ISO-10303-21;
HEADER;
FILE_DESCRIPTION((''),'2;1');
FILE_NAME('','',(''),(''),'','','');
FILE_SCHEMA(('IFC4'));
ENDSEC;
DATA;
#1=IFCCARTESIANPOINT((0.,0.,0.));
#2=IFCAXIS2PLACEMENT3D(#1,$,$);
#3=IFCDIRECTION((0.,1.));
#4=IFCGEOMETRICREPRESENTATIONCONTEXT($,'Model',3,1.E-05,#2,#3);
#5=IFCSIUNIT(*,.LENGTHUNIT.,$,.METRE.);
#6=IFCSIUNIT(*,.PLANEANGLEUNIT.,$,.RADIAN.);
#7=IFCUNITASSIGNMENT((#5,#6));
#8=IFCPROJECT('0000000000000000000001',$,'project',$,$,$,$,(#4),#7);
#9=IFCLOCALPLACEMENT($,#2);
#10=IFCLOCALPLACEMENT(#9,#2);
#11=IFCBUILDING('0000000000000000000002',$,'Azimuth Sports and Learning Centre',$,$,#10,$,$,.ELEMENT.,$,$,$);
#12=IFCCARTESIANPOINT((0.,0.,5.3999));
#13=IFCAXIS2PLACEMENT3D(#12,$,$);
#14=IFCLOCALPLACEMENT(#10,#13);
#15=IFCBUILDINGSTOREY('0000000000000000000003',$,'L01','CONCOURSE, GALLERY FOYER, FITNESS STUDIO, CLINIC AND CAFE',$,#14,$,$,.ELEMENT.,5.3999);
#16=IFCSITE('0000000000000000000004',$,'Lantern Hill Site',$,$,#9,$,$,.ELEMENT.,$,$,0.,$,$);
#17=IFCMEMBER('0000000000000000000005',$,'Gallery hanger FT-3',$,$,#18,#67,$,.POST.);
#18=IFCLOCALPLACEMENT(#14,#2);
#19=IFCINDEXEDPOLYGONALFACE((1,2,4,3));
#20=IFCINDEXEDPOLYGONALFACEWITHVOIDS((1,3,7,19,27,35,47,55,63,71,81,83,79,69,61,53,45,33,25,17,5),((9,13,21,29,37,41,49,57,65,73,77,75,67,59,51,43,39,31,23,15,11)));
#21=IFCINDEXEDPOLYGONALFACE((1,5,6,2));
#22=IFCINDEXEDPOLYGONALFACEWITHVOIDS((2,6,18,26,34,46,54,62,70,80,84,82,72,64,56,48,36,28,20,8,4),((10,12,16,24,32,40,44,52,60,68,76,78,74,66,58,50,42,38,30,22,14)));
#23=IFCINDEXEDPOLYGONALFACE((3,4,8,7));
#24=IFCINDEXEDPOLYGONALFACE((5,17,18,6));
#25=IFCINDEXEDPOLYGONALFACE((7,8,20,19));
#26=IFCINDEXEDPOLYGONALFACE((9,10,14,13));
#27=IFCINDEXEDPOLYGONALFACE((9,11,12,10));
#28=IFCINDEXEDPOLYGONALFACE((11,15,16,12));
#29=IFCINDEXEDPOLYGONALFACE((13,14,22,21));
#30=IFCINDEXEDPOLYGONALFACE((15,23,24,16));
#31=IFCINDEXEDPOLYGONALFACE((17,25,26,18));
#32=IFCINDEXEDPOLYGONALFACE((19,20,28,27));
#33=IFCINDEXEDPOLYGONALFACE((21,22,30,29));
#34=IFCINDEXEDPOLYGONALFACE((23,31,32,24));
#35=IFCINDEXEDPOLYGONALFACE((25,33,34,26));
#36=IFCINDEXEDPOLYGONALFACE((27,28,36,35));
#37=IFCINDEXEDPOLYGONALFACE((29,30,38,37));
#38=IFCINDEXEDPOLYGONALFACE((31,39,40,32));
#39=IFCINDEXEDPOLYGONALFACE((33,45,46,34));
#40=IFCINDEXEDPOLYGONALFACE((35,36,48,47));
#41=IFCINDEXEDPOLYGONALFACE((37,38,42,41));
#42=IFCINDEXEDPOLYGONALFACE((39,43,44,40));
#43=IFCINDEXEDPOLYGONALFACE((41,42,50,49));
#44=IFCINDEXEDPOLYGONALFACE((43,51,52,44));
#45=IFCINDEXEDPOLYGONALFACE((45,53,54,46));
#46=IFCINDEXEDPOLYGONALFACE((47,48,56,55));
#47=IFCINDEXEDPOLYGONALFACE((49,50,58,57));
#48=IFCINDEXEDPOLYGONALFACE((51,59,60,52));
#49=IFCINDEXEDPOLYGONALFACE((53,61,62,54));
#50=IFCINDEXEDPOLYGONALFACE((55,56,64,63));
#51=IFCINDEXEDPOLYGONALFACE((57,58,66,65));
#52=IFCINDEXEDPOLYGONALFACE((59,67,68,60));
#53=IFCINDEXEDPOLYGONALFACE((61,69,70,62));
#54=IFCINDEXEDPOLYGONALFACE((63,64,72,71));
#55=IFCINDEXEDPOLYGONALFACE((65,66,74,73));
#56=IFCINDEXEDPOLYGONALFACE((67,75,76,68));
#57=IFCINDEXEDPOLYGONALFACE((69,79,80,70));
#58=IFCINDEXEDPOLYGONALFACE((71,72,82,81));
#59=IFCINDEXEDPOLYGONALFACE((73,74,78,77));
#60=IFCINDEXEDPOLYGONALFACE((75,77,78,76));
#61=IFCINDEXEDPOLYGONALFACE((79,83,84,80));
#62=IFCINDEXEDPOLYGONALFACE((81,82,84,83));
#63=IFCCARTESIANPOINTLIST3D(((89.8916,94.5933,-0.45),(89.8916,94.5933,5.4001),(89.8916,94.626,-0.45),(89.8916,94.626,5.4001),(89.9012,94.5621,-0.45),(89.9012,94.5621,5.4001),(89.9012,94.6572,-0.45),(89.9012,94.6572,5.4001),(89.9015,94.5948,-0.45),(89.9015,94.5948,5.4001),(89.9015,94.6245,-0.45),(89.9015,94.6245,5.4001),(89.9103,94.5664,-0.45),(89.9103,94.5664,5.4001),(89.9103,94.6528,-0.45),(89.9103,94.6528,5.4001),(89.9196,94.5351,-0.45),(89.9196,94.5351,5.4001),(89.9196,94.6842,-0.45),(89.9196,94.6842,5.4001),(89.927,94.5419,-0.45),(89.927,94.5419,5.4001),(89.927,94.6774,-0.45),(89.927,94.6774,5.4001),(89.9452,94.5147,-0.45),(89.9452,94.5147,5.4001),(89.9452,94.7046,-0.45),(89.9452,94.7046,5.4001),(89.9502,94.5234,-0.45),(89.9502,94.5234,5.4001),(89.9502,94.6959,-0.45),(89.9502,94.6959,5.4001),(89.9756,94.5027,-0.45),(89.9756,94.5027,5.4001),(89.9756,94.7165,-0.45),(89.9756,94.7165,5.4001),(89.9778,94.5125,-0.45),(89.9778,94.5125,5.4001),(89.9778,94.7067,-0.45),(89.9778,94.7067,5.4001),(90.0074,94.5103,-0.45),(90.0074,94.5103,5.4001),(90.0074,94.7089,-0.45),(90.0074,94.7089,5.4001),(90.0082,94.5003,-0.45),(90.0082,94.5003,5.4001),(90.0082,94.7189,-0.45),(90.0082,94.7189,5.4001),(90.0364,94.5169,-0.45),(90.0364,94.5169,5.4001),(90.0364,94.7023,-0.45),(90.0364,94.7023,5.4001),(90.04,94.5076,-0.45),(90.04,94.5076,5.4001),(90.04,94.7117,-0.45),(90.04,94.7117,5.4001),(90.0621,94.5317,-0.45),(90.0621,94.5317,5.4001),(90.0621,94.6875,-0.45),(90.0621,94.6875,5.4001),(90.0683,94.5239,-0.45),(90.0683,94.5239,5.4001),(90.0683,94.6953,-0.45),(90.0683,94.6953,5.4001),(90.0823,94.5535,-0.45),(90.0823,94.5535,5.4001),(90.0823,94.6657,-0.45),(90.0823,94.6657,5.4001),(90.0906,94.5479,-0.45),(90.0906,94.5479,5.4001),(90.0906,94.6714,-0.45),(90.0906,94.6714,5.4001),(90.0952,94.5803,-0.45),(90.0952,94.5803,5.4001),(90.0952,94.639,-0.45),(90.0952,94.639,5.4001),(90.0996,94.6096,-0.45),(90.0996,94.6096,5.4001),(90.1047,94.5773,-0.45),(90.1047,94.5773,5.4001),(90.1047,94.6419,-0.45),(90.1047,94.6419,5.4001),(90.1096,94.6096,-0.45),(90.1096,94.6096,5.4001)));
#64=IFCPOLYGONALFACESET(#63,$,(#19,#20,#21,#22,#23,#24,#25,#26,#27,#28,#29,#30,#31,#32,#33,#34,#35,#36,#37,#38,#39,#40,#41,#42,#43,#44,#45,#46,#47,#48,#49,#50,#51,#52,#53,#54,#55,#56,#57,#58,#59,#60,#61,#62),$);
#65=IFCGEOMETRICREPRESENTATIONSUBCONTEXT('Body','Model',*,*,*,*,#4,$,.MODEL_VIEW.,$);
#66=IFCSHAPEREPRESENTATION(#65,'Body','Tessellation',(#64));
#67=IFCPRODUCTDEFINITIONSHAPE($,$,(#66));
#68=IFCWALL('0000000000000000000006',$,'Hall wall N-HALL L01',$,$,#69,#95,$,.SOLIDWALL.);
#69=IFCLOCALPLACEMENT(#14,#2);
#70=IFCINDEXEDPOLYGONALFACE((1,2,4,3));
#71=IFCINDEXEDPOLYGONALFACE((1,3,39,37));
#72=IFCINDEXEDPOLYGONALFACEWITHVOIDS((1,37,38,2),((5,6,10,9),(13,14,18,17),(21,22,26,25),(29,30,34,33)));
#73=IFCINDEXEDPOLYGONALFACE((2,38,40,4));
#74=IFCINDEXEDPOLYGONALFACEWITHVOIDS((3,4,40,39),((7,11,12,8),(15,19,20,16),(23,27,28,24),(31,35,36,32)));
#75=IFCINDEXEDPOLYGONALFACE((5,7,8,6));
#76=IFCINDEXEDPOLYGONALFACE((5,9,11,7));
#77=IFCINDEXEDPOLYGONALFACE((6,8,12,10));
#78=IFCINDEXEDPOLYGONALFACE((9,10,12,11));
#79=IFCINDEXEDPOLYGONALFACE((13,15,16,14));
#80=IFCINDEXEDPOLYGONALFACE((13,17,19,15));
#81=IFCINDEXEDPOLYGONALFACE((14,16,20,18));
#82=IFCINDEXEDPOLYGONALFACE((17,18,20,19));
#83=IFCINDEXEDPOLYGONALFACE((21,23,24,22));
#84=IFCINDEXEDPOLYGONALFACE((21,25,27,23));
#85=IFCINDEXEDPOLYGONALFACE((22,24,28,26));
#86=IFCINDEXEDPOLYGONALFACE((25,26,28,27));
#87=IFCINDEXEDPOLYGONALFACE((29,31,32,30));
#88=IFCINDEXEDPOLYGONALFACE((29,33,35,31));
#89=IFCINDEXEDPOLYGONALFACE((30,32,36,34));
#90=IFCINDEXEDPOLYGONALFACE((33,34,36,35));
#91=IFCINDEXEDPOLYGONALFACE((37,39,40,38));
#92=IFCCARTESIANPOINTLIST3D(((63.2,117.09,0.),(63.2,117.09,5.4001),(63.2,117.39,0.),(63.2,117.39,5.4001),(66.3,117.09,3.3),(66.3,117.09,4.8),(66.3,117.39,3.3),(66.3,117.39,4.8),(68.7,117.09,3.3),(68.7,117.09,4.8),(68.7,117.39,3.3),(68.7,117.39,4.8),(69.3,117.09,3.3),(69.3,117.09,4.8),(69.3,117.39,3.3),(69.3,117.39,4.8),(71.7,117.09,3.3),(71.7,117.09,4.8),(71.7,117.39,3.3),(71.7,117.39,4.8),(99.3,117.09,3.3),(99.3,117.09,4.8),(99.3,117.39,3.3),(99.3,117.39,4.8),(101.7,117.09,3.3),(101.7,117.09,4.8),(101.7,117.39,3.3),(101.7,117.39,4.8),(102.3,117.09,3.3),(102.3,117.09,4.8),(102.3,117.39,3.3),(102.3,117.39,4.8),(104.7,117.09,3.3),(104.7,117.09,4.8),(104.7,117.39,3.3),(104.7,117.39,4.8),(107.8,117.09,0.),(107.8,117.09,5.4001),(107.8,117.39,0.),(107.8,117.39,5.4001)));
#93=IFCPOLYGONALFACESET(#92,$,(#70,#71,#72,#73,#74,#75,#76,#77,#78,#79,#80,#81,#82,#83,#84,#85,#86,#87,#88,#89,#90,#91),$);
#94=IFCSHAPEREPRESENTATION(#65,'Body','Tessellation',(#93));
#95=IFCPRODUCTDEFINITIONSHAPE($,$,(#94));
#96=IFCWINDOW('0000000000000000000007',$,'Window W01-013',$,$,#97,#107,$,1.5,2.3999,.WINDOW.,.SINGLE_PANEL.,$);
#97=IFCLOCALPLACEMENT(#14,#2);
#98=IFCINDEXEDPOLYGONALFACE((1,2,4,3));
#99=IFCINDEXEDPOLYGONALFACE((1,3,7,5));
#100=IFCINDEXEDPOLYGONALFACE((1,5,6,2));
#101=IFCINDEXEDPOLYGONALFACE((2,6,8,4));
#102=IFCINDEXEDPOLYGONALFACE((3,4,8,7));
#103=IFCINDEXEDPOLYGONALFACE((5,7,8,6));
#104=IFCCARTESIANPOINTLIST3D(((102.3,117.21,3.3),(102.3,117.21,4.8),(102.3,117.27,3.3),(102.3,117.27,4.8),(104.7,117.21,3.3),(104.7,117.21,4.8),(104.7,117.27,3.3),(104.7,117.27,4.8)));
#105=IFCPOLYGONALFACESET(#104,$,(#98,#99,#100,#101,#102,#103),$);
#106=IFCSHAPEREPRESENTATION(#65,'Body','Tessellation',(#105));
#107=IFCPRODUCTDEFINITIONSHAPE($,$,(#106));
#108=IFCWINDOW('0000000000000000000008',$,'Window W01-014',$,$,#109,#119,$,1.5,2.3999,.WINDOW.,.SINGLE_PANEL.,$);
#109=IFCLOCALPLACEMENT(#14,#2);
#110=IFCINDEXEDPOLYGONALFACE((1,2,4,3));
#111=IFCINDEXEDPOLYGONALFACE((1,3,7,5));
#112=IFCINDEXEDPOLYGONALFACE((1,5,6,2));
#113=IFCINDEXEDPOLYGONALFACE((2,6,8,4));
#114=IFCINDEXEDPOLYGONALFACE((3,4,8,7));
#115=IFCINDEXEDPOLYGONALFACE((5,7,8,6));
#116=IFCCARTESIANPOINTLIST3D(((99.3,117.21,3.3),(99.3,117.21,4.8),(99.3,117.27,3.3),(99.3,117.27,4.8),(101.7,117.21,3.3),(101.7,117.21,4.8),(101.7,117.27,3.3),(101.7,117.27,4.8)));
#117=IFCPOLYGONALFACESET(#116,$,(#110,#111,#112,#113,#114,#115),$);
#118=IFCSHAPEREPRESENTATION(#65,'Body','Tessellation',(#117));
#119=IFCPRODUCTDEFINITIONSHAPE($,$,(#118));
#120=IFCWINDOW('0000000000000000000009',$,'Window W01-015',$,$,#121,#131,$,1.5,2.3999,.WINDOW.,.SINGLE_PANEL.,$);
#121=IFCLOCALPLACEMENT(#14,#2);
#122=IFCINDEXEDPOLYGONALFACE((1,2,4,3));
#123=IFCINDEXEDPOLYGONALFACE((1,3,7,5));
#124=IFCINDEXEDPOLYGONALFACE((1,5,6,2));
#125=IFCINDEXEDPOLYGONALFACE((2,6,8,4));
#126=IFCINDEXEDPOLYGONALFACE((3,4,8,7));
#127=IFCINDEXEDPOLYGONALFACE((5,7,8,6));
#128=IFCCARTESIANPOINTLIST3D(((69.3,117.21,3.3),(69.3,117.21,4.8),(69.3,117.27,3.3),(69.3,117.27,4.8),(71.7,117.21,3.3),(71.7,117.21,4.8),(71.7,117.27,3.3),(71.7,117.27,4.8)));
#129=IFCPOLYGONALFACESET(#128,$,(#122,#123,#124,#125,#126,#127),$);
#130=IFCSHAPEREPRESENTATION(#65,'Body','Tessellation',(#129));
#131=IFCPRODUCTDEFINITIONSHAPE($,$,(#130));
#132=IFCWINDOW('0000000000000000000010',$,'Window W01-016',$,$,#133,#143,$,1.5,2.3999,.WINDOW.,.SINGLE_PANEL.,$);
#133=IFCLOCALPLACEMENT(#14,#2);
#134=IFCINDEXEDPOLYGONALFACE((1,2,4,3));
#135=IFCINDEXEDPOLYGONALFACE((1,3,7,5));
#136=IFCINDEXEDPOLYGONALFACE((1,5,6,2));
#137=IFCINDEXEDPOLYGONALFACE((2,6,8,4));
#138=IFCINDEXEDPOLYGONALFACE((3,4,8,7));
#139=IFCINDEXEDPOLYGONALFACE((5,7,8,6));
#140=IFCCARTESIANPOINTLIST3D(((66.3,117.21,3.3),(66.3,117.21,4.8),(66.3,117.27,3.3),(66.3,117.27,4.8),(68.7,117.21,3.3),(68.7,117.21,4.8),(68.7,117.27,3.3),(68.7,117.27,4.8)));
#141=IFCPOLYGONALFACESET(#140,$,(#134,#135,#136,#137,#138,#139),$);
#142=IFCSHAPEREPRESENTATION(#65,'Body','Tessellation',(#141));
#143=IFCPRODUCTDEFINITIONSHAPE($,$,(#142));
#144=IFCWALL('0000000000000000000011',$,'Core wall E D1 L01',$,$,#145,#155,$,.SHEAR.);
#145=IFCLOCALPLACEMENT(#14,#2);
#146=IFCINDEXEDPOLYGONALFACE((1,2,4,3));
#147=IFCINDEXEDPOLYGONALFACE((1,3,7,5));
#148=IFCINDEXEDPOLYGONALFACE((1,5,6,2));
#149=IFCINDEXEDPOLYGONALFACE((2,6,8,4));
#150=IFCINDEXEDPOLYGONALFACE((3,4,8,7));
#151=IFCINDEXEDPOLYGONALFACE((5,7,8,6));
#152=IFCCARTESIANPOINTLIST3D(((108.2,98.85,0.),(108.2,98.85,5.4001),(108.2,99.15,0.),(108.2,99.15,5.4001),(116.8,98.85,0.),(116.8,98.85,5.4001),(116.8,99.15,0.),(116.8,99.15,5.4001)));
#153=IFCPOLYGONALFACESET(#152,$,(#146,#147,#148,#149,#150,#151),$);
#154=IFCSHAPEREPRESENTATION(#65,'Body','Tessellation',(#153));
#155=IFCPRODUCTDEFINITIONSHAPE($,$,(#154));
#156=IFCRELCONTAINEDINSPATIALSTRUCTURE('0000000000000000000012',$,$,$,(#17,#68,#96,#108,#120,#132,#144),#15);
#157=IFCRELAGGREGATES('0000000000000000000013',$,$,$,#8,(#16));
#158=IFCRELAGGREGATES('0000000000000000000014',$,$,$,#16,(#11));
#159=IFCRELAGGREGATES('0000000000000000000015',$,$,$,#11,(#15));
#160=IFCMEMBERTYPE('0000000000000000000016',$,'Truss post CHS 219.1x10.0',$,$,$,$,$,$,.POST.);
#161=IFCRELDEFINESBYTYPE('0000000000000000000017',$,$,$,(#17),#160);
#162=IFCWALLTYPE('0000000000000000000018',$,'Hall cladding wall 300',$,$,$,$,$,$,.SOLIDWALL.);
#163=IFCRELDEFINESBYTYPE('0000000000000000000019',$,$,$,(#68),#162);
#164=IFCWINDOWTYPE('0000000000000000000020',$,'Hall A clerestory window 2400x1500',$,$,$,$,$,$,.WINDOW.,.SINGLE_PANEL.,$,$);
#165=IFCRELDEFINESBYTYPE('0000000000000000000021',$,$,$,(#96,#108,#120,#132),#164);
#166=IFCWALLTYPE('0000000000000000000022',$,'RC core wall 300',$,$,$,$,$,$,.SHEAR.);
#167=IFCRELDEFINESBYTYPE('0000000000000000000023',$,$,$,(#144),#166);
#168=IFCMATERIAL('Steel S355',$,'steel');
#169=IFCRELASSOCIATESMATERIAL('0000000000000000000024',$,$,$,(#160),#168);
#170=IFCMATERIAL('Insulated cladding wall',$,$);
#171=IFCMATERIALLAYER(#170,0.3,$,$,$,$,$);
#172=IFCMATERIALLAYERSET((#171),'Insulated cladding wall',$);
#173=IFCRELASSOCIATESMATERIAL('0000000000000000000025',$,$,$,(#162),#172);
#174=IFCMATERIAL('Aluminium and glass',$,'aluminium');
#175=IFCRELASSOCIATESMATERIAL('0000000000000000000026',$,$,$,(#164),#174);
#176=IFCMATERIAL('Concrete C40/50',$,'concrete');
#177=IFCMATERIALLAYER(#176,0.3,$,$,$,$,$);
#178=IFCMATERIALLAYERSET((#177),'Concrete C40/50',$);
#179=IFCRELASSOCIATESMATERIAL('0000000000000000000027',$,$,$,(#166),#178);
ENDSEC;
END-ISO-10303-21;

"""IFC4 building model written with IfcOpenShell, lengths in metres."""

from ifc_helpers import new_model, si_unit, direction, frame, frame_2d, origin, origin_2d, place, context, subcontext, project, spatial, rectangle, hollow_circle, extrude, material, layer, layer_set, material_profile, profile_set, type_object, element, fill, save


model = new_model("IFC4")

# Units and contexts
model_context = context("Model", 3, precision=1e-05, world=origin(), true_north=direction((0.0, 1.0)))
body_context = subcontext(model_context, "Body", "Model", "MODEL_VIEW")
ifc_project = project(units=[si_unit("LENGTHUNIT", "METRE"), si_unit("PLANEANGLEUNIT", "RADIAN")], contexts=[model_context])

# Site, building, storey
site_placement = place(None, origin())
site = spatial("IfcSite", under=ifc_project, at=site_placement, Name="Lantern Hill Site", CompositionType="ELEMENT", RefElevation=0.0)
building_placement = place(site_placement, origin())
building = spatial("IfcBuilding", under=site, at=building_placement, Name="Azimuth Sports and Learning Centre", CompositionType="ELEMENT")
storey_placement = place(building_placement, frame((0.0, 0.0, 5.3999)))
storey = spatial("IfcBuildingStorey", under=building, at=storey_placement, Name="L01", Description="CONCOURSE, GALLERY FOYER, FITNESS STUDIO, CLINIC AND CAFE", CompositionType="ELEMENT", Elevation=5.3999)

# Member
ifc_material_1 = material(Name="Steel S355", Category="steel")
ifc_material_profile_1 = material_profile(ifc_material_1, hollow_circle(Radius=0.1096, WallThickness=0.01, at=origin_2d()), Name="CHS 219.1x10.0")
ifc_profile_set_1 = profile_set([ifc_material_profile_1], Name="Steel S355")
member_type_1 = type_object("IfcMemberType", Name="Truss post CHS 219.1x10.0", PredefinedType="POST", material=ifc_profile_set_1)
for number, where, z_axis, x_axis, name in (
    (1, (90.0, 94.6096, -0.45), (0.0, 0.0, 1.0), (1.0, 0.0, 0.0), "Gallery hanger FT-3"),
):
    element("IfcMember", number, at=place(storey_placement, frame(where, z_axis=z_axis, x_axis=x_axis)), inside=storey, type_object=member_type_1, Name=name, PredefinedType="POST", context=body_context, shape_type="SweptSolid", body=[
        extrude(hollow_circle(Radius=0.1096, WallThickness=0.01, at=origin_2d()), origin(), (0.0, 0.0, 1.0), 5.8501),
    ])

# Wall, openings, windows
ifc_material_2 = material(Name="Insulated cladding wall")
ifc_layer_1 = layer(ifc_material_2, 0.3)
ifc_layer_set_1 = layer_set([ifc_layer_1], Name="Insulated cladding wall")
wall_type_1 = type_object("IfcWallType", Name="Hall cladding wall 300", PredefinedType="SOLIDWALL", material=ifc_layer_set_1)
wall_1_placement = place(storey_placement, frame((107.8, 117.24, 0.0), z_axis=(0.0, 0.0, 1.0), x_axis=(-1.0, 0.0, 0.0)))
wall_1 = element("IfcWall", 2, at=wall_1_placement, inside=storey, type_object=wall_type_1, Name="Hall wall N-HALL L01", PredefinedType="SOLIDWALL", context=body_context, shape_type="SweptSolid", body=[
    extrude(rectangle(XDim=44.6001, YDim=0.3, at=frame_2d((22.3, 0.0))), origin(), (0.0, 0.0, 1.0), 5.4001),
])
opening_1_placement = place(wall_1_placement, frame((3.1001, 0.0, 3.3)))
opening_1 = element("IfcOpeningElement", 3, at=opening_1_placement, cuts=wall_1, PredefinedType="OPENING", context=body_context, shape_type="SweptSolid", body=[
    extrude(rectangle(XDim=2.3999, YDim=1.5, at=frame_2d((1.2, 0.75))), frame((0.0, 0.1611, 0.0), z_axis=(0.0, -1.0, 0.0), x_axis=(1.0, 0.0, 0.0)), (0.0, 0.0, 1.0), 0.322),
])
opening_2_placement = place(wall_1_placement, frame((6.1001, 0.0, 3.3)))
opening_2 = element("IfcOpeningElement", 4, at=opening_2_placement, cuts=wall_1, PredefinedType="OPENING", context=body_context, shape_type="SweptSolid", body=[
    extrude(rectangle(XDim=2.3999, YDim=1.5, at=frame_2d((1.2, 0.75))), frame((0.0, 0.1611, 0.0), z_axis=(0.0, -1.0, 0.0), x_axis=(1.0, 0.0, 0.0)), (0.0, 0.0, 1.0), 0.322),
])
opening_3_placement = place(wall_1_placement, frame((36.1001, 0.0, 3.3)))
opening_3 = element("IfcOpeningElement", 5, at=opening_3_placement, cuts=wall_1, PredefinedType="OPENING", context=body_context, shape_type="SweptSolid", body=[
    extrude(rectangle(XDim=2.3999, YDim=1.5, at=frame_2d((1.2, 0.75))), frame((0.0, 0.1611, 0.0), z_axis=(0.0, -1.0, 0.0), x_axis=(1.0, 0.0, 0.0)), (0.0, 0.0, 1.0), 0.322),
])
opening_4_placement = place(wall_1_placement, frame((39.1001, 0.0, 3.3)))
opening_4 = element("IfcOpeningElement", 6, at=opening_4_placement, cuts=wall_1, PredefinedType="OPENING", context=body_context, shape_type="SweptSolid", body=[
    extrude(rectangle(XDim=2.3999, YDim=1.5, at=frame_2d((1.2, 0.75))), frame((0.0, 0.1611, 0.0), z_axis=(0.0, -1.0, 0.0), x_axis=(1.0, 0.0, 0.0)), (0.0, 0.0, 1.0), 0.322),
])
ifc_material_3 = material(Name="Aluminium and glass", Category="aluminium")
window_type = type_object("IfcWindowType", Name="Hall A clerestory window 2400x1500", PartitioningType="SINGLE_PANEL", PredefinedType="WINDOW", material=ifc_material_3)
window_1_placement = place(opening_1_placement, origin())
window_1 = element("IfcWindow", 7, at=window_1_placement, inside=storey, type_object=window_type, Name="Window W01-013", OverallHeight=1.5, OverallWidth=2.3999, PartitioningType="SINGLE_PANEL", PredefinedType="WINDOW", context=body_context, shape_type="SweptSolid", body=[
    extrude(rectangle(XDim=2.3999, YDim=1.5, at=frame_2d((1.2, 0.75))), frame((0.0, 0.03, 0.0), z_axis=(0.0, -1.0, 0.0), x_axis=(1.0, 0.0, 0.0)), (0.0, 0.0, 1.0), 0.0601),
])
fill(opening_1, window_1)
window_2_placement = place(opening_2_placement, origin())
window_2 = element("IfcWindow", 8, at=window_2_placement, inside=storey, type_object=window_type, Name="Window W01-014", OverallHeight=1.5, OverallWidth=2.3999, PartitioningType="SINGLE_PANEL", PredefinedType="WINDOW", context=body_context, shape_type="SweptSolid", body=[
    extrude(rectangle(XDim=2.3999, YDim=1.5, at=frame_2d((1.2, 0.75))), frame((0.0, 0.03, 0.0), z_axis=(0.0, -1.0, 0.0), x_axis=(1.0, 0.0, 0.0)), (0.0, 0.0, 1.0), 0.0601),
])
fill(opening_2, window_2)
window_3_placement = place(opening_3_placement, origin())
window_3 = element("IfcWindow", 9, at=window_3_placement, inside=storey, type_object=window_type, Name="Window W01-015", OverallHeight=1.5, OverallWidth=2.3999, PartitioningType="SINGLE_PANEL", PredefinedType="WINDOW", context=body_context, shape_type="SweptSolid", body=[
    extrude(rectangle(XDim=2.3999, YDim=1.5, at=frame_2d((1.2, 0.75))), frame((0.0, 0.03, 0.0), z_axis=(0.0, -1.0, 0.0), x_axis=(1.0, 0.0, 0.0)), (0.0, 0.0, 1.0), 0.0601),
])
fill(opening_3, window_3)
window_4_placement = place(opening_4_placement, origin())
window_4 = element("IfcWindow", 10, at=window_4_placement, inside=storey, type_object=window_type, Name="Window W01-016", OverallHeight=1.5, OverallWidth=2.3999, PartitioningType="SINGLE_PANEL", PredefinedType="WINDOW", context=body_context, shape_type="SweptSolid", body=[
    extrude(rectangle(XDim=2.3999, YDim=1.5, at=frame_2d((1.2, 0.75))), frame((0.0, 0.03, 0.0), z_axis=(0.0, -1.0, 0.0), x_axis=(1.0, 0.0, 0.0)), (0.0, 0.0, 1.0), 0.0601),
])
fill(opening_4, window_4)

# Wall
ifc_material_4 = material(Name="Concrete C40/50", Category="concrete")
ifc_layer_2 = layer(ifc_material_4, 0.3)
ifc_layer_set_2 = layer_set([ifc_layer_2], Name="Concrete C40/50")
wall_type_2 = type_object("IfcWallType", Name="RC core wall 300", PredefinedType="SHEAR", material=ifc_layer_set_2)
wall_2_placement = place(storey_placement, frame((108.2, 99.0, 0.0), z_axis=(0.0, 0.0, 1.0), x_axis=(1.0, 0.0, 0.0)))
element("IfcWall", 11, at=wall_2_placement, inside=storey, type_object=wall_type_2, Name="Core wall E D1 L01", PredefinedType="SHEAR", context=body_context, shape_type="SweptSolid", body=[
    extrude(rectangle(XDim=8.6001, YDim=0.3, at=frame_2d((4.3, 0.0))), origin(), (0.0, 0.0, 1.0), 5.4001),
])

save(model, "model.ifc")
